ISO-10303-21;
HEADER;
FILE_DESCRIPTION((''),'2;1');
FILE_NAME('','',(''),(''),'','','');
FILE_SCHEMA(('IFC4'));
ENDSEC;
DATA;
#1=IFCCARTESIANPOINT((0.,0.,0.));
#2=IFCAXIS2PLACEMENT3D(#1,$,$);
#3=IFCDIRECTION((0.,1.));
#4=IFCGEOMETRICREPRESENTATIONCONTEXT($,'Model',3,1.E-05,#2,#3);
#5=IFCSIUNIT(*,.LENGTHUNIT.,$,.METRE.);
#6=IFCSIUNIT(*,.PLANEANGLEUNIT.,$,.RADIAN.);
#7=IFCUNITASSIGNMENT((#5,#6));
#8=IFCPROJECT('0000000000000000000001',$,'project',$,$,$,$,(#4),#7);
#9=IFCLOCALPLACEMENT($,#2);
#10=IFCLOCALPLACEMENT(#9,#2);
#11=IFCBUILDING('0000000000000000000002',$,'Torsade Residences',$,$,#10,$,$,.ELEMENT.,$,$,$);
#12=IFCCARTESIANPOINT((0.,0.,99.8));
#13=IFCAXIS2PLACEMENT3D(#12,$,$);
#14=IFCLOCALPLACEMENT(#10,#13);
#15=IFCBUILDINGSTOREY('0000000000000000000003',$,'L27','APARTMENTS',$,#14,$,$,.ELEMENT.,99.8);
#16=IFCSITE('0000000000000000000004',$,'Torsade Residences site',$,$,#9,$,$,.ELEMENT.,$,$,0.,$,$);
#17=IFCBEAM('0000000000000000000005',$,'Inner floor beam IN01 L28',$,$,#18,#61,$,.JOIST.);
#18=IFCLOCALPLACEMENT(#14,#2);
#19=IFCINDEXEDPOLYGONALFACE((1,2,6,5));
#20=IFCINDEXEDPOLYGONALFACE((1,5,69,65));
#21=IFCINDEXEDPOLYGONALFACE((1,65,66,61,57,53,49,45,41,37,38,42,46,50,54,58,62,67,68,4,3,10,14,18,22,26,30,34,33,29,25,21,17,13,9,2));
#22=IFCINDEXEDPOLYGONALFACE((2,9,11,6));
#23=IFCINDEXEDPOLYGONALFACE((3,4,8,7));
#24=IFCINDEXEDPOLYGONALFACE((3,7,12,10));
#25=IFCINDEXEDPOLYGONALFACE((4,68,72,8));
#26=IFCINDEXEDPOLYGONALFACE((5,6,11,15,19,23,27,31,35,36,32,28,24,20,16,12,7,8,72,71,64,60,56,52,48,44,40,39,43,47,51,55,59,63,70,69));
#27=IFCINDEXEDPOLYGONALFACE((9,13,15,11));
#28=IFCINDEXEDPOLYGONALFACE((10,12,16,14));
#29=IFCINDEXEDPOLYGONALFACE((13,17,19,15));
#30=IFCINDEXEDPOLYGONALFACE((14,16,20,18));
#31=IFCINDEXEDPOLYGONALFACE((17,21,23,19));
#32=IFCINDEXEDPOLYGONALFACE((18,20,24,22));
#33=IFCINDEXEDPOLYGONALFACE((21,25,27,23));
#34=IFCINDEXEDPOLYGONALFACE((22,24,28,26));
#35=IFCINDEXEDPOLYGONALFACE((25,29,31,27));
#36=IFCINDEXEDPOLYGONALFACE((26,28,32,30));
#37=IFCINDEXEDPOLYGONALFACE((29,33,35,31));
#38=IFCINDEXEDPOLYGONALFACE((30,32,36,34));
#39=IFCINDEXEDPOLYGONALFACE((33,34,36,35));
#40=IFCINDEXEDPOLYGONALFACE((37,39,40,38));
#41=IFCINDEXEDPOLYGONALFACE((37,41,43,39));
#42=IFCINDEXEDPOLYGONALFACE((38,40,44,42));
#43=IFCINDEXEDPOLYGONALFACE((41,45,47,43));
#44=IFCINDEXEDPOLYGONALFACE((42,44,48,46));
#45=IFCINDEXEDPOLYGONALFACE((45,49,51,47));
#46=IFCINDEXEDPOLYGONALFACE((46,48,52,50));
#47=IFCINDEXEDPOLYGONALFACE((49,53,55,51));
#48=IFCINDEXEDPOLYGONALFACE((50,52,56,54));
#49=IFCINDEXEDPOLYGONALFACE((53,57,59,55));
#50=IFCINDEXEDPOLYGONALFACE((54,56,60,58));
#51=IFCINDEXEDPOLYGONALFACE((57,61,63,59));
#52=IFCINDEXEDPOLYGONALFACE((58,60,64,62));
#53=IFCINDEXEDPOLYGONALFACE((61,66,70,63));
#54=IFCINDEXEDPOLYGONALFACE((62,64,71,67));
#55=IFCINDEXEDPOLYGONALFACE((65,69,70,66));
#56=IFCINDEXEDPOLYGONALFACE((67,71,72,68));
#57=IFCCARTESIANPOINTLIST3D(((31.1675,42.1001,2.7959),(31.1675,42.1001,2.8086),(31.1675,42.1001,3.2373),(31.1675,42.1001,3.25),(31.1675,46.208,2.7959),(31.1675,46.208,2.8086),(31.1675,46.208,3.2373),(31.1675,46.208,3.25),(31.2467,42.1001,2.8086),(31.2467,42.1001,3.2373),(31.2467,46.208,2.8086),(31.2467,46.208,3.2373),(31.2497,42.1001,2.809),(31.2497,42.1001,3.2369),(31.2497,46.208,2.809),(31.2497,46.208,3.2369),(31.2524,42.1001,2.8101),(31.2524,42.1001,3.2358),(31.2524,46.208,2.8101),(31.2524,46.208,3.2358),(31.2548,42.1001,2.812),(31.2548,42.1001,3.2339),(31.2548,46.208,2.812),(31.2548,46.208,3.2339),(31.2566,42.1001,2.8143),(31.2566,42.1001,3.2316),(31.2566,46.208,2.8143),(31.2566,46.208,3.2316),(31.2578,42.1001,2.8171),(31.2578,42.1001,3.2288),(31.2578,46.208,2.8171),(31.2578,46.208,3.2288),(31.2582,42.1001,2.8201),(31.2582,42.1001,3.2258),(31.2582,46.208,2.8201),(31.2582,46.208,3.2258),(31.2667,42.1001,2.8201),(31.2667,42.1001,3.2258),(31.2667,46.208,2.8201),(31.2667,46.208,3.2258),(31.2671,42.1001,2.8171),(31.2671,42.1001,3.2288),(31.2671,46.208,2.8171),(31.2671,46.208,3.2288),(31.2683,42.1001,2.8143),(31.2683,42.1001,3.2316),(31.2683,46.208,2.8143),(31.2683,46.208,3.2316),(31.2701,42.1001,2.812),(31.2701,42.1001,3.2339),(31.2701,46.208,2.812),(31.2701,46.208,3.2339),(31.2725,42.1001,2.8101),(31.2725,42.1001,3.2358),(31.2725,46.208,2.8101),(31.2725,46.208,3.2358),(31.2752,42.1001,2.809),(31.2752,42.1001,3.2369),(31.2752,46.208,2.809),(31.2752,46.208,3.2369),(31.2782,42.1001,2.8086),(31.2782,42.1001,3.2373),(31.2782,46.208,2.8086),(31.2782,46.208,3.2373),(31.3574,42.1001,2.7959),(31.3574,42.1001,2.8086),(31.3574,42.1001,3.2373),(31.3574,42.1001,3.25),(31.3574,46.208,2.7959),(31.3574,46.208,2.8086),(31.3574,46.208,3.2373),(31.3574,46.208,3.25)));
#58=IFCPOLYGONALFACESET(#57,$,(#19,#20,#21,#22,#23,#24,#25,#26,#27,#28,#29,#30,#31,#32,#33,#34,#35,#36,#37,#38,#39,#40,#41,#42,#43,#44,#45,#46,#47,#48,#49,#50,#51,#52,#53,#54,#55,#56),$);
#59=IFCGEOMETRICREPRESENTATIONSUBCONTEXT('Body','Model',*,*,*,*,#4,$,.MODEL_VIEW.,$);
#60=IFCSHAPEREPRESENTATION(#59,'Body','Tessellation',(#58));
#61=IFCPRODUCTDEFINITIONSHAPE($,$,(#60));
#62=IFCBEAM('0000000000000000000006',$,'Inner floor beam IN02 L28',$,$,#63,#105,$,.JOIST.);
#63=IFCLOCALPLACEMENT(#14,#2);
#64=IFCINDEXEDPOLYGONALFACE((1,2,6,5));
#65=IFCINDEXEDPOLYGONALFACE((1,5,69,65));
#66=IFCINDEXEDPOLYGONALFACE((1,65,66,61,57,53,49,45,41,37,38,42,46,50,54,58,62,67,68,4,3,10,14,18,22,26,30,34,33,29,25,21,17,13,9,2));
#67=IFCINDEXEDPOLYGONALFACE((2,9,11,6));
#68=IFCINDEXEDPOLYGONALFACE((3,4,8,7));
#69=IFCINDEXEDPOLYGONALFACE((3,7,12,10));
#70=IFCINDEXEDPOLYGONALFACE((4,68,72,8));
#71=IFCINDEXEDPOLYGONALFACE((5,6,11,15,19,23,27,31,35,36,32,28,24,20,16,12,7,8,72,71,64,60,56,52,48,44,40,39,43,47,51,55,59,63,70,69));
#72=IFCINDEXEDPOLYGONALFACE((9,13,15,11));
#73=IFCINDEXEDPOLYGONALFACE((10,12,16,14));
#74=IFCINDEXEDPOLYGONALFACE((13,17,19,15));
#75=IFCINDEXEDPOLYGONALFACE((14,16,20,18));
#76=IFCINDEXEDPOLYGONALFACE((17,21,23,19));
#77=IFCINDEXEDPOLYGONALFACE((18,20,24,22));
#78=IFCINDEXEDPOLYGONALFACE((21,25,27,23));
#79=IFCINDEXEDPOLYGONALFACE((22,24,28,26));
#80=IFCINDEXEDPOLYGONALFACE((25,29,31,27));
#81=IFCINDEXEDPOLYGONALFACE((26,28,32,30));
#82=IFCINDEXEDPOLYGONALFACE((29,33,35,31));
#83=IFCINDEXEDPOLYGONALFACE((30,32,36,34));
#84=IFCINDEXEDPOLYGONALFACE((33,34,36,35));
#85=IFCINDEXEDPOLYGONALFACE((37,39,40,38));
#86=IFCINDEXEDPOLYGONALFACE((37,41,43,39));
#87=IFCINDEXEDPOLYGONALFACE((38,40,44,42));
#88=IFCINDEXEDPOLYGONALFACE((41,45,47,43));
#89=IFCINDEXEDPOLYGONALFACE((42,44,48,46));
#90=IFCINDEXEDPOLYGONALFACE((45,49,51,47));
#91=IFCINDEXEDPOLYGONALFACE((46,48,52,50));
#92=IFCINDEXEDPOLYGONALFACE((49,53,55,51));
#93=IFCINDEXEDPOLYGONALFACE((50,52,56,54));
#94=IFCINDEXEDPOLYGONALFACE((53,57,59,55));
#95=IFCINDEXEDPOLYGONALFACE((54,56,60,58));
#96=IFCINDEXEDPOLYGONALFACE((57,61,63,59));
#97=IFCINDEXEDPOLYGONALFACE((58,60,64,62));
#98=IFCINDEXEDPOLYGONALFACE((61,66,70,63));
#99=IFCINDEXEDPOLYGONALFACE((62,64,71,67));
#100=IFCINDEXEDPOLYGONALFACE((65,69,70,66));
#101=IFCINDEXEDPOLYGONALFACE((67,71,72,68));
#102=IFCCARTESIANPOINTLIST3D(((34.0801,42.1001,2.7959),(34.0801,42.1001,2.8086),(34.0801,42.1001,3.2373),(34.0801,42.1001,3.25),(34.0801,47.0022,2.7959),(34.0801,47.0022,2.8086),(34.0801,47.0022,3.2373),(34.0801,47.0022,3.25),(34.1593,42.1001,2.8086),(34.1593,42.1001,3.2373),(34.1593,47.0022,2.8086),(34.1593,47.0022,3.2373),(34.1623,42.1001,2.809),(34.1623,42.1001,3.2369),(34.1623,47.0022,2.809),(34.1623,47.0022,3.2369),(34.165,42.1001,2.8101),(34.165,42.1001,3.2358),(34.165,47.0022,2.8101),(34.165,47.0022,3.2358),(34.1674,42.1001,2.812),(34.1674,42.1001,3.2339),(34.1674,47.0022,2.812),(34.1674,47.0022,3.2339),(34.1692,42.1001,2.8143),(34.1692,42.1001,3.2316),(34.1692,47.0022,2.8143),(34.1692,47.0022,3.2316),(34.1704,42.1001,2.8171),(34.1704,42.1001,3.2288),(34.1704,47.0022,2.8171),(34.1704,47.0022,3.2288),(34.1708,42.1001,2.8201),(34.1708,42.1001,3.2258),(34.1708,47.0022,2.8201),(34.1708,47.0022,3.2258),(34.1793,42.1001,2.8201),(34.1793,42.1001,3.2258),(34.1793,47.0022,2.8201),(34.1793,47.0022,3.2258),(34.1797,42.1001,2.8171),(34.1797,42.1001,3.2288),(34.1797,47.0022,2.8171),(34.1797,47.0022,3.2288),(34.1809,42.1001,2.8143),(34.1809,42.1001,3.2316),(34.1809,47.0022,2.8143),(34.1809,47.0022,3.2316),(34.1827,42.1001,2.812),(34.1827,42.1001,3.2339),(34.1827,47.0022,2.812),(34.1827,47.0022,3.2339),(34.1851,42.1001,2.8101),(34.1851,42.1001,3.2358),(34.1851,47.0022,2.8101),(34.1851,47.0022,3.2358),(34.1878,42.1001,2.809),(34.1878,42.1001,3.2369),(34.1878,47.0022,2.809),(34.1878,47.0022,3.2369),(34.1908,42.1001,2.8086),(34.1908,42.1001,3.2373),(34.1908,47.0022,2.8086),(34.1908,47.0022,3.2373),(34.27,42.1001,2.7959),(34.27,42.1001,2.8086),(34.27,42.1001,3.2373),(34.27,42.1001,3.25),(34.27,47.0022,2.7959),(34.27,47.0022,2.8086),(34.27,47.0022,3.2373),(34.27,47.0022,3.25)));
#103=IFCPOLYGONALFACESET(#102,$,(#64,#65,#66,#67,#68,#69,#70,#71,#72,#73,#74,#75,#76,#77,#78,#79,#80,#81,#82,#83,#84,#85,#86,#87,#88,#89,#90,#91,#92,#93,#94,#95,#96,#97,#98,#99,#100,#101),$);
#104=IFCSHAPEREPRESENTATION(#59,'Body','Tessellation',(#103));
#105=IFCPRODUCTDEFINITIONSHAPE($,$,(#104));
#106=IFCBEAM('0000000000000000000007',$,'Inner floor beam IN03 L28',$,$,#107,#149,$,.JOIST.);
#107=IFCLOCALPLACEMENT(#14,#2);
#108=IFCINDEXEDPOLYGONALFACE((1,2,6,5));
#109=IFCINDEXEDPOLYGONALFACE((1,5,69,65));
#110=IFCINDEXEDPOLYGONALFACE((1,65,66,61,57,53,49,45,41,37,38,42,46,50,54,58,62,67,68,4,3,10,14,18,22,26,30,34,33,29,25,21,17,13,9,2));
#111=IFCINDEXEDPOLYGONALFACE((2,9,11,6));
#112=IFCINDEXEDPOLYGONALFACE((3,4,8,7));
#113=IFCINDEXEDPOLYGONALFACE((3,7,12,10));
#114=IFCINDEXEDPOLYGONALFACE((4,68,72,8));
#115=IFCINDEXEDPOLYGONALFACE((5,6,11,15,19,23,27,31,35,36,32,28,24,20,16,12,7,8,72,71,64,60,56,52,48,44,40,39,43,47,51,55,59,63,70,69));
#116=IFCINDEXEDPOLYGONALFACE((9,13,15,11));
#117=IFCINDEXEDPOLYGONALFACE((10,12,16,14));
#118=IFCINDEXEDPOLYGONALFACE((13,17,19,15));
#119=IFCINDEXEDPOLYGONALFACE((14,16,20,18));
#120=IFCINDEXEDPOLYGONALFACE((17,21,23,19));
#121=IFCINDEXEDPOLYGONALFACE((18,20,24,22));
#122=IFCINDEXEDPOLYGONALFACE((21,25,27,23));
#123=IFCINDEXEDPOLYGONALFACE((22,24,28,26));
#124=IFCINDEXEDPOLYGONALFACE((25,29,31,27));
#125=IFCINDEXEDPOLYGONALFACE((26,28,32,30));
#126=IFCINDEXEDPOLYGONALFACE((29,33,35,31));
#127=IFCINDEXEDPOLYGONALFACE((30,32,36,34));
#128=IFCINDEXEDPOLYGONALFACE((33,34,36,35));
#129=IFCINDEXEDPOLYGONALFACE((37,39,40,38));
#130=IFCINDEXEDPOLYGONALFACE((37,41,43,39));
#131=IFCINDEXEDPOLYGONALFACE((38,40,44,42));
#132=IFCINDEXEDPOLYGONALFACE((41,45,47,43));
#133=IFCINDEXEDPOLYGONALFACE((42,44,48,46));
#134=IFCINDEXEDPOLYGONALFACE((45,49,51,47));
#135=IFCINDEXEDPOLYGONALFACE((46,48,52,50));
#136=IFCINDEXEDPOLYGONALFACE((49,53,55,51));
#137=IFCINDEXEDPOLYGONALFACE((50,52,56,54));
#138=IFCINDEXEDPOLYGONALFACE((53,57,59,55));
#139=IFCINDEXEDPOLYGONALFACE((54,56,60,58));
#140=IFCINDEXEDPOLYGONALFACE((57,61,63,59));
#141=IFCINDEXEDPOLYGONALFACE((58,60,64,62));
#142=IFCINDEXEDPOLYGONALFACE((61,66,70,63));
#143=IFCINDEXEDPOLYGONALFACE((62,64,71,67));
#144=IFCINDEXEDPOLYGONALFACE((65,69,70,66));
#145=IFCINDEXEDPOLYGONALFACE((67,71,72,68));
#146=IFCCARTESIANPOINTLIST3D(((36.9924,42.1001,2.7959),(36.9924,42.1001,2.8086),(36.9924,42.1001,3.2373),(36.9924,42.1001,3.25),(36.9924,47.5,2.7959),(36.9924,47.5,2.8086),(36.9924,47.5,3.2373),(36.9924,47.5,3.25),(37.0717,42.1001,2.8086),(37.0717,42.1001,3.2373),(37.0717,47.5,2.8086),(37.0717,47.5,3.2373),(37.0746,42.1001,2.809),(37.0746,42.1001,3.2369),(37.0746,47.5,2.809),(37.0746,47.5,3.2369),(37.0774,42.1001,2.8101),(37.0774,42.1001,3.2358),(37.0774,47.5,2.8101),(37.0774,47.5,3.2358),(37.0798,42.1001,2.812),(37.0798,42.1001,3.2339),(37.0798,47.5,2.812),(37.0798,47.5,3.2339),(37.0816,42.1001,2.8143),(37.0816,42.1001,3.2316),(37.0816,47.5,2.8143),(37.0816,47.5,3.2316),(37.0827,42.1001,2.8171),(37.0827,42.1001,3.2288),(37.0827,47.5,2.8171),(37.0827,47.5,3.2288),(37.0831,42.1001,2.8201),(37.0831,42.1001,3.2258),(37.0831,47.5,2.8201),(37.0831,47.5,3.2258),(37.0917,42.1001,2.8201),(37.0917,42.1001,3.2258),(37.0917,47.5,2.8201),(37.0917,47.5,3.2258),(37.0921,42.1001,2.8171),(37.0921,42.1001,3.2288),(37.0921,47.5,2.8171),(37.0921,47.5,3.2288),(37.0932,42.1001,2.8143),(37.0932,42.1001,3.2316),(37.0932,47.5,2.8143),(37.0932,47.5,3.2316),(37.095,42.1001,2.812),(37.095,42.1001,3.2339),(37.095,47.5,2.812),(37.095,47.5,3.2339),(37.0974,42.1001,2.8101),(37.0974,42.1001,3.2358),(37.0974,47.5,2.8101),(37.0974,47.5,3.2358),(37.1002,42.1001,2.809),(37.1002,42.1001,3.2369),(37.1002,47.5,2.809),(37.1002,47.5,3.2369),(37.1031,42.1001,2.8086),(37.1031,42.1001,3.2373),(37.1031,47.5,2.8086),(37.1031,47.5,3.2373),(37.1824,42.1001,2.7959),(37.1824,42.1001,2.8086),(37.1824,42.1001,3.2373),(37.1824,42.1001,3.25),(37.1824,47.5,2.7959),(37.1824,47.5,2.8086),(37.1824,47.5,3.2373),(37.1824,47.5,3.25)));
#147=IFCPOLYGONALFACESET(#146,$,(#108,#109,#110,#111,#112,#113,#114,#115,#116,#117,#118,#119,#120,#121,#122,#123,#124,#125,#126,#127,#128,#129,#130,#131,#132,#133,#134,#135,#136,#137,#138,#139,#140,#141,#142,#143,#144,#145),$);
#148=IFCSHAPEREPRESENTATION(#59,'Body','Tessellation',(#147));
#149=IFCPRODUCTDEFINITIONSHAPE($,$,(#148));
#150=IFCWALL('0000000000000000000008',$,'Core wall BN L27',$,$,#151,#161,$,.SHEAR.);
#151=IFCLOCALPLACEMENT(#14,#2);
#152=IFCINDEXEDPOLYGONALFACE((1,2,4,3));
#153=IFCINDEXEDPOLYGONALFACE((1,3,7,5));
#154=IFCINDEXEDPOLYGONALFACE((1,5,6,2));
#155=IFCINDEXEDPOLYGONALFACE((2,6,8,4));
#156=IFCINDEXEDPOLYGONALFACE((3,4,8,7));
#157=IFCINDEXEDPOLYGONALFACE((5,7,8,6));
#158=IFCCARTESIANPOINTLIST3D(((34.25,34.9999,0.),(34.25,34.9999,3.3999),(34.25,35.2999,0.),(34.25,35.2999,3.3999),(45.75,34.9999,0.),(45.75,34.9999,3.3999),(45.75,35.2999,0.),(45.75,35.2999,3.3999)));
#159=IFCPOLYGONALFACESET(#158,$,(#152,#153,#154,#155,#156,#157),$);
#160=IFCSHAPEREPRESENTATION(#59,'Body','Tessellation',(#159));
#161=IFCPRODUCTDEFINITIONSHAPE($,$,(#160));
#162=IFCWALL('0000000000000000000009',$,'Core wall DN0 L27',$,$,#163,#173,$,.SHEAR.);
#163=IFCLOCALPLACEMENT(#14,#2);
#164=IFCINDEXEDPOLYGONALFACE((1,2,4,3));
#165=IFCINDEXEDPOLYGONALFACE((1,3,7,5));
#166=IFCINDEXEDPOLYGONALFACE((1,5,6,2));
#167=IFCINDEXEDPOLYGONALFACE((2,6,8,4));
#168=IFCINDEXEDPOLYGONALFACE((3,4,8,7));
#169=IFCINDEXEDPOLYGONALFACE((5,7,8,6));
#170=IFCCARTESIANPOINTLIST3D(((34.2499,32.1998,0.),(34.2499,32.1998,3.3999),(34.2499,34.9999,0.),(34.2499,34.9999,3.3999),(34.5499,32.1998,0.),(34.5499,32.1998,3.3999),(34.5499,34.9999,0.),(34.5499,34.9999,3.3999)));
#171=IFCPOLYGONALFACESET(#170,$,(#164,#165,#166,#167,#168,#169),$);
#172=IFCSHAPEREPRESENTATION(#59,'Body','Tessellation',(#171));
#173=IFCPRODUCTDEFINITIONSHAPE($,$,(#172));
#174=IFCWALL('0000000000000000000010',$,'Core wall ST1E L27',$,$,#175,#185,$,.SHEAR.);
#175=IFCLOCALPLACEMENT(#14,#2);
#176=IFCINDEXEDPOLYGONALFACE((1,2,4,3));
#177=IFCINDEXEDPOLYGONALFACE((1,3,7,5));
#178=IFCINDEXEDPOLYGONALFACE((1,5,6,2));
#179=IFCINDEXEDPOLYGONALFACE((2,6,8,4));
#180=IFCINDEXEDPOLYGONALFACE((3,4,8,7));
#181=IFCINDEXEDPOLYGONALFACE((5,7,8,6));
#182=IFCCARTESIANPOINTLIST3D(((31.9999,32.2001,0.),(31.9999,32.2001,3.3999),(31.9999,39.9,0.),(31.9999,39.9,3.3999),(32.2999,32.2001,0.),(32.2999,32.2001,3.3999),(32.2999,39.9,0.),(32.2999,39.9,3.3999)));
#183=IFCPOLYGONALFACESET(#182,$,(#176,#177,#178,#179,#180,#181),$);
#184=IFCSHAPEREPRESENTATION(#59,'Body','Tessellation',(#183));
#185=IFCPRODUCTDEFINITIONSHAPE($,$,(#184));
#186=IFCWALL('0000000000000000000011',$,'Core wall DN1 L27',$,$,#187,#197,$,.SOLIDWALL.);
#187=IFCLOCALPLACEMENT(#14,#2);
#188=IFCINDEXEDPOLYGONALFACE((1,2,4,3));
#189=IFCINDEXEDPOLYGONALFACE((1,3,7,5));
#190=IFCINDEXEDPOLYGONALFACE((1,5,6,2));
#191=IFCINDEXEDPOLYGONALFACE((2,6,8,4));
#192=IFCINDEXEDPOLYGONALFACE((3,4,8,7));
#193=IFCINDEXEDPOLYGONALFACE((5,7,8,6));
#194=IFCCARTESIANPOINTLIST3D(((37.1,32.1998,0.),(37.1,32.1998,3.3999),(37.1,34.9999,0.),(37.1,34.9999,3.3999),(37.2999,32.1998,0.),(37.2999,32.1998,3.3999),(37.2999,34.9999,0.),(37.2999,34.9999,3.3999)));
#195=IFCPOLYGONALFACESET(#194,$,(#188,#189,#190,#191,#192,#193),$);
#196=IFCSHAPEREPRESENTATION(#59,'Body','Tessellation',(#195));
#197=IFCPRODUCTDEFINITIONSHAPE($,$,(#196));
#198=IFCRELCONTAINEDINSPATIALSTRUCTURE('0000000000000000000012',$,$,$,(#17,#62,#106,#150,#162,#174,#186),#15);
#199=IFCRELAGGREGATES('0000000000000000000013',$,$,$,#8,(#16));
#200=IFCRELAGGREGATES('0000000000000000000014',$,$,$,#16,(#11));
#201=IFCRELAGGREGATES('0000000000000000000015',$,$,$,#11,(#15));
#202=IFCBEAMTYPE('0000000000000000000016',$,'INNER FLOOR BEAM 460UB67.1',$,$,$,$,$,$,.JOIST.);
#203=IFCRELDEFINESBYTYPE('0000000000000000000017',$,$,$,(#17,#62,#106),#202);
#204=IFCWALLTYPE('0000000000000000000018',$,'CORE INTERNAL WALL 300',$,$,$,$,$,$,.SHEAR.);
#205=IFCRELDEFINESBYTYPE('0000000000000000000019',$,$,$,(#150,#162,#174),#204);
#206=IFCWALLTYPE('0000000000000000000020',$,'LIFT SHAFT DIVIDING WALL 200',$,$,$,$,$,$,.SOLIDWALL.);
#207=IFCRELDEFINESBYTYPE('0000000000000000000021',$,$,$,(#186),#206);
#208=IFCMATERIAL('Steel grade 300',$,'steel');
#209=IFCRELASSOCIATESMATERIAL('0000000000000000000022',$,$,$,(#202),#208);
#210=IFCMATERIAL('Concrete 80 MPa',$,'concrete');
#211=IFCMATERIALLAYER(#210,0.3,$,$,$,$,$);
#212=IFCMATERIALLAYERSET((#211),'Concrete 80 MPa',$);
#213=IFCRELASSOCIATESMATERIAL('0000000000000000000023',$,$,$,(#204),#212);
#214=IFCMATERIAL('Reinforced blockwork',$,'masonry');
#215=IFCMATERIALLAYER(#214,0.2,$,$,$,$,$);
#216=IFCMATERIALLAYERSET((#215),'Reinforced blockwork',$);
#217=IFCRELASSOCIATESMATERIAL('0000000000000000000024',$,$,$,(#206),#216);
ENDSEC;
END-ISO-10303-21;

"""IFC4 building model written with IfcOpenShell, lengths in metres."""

from ifc_helpers import new_model, si_unit, direction, frame, frame_2d, origin, origin_2d, place, context, subcontext, project, spatial, rectangle, i_section, extrude, material, layer, layer_set, material_profile, profile_set, type_object, element, save


model = new_model("IFC4")

# Units and contexts
model_context = context("Model", 3, precision=1e-05, world=origin(), true_north=direction((0.0, 1.0)))
body_context = subcontext(model_context, "Body", "Model", "MODEL_VIEW")
ifc_project = project(units=[si_unit("LENGTHUNIT", "METRE"), si_unit("PLANEANGLEUNIT", "RADIAN")], contexts=[model_context])

# Site, building, storey
site_placement = place(None, origin())
site = spatial("IfcSite", under=ifc_project, at=site_placement, Name="Torsade Residences site", CompositionType="ELEMENT", RefElevation=0.0)
building_placement = place(site_placement, origin())
building = spatial("IfcBuilding", under=site, at=building_placement, Name="Torsade Residences", CompositionType="ELEMENT")
storey_placement = place(building_placement, frame((0.0, 0.0, 99.8)))
storey = spatial("IfcBuildingStorey", under=building, at=storey_placement, Name="L27", Description="APARTMENTS", CompositionType="ELEMENT", Elevation=99.8)

# Beams
ifc_material_1 = material(Name="Steel grade 300", Category="steel")
ifc_material_profile = material_profile(ifc_material_1, i_section(OverallWidth=0.1899, OverallDepth=0.4541, WebThickness=0.0085, FlangeThickness=0.0127, FilletRadius=0.0115, at=origin_2d()), Name="460UB67.1")
ifc_profile_set = profile_set([ifc_material_profile], Name="Steel grade 300")
beam_type = type_object("IfcBeamType", Name="INNER FLOOR BEAM 460UB67.1", PredefinedType="JOIST", material=ifc_profile_set)
beam_1_placement = place(storey_placement, frame((31.2625, 42.1001, 3.0229), z_axis=(0.0, 1.0, 0.0), x_axis=(-1.0, 0.0, 0.0)))
element("IfcBeam", 1, at=beam_1_placement, inside=storey, type_object=beam_type, Name="Inner floor beam IN01 L28", PredefinedType="JOIST", context=body_context, shape_type="SweptSolid", body=[
    extrude(i_section(OverallWidth=0.1899, OverallDepth=0.4541, WebThickness=0.0085, FlangeThickness=0.0127, FilletRadius=0.0115, at=origin_2d()), origin(), (0.0, 0.0, 1.0), 4.1079),
])
beam_2_placement = place(storey_placement, frame((34.175, 42.1001, 3.0229), z_axis=(0.0, 1.0, 0.0), x_axis=(-1.0, 0.0, 0.0)))
element("IfcBeam", 2, at=beam_2_placement, inside=storey, type_object=beam_type, Name="Inner floor beam IN02 L28", PredefinedType="JOIST", context=body_context, shape_type="SweptSolid", body=[
    extrude(i_section(OverallWidth=0.1899, OverallDepth=0.4541, WebThickness=0.0085, FlangeThickness=0.0127, FilletRadius=0.0115, at=origin_2d()), origin(), (0.0, 0.0, 1.0), 4.9021),
])
beam_3_placement = place(storey_placement, frame((37.0874, 42.1001, 3.0229), z_axis=(0.0, 1.0, 0.0), x_axis=(-1.0, 0.0, 0.0)))
element("IfcBeam", 3, at=beam_3_placement, inside=storey, type_object=beam_type, Name="Inner floor beam IN03 L28", PredefinedType="JOIST", context=body_context, shape_type="SweptSolid", body=[
    extrude(i_section(OverallWidth=0.1899, OverallDepth=0.4541, WebThickness=0.0085, FlangeThickness=0.0127, FilletRadius=0.0115, at=origin_2d()), origin(), (0.0, 0.0, 1.0), 5.3999),
])

# Walls
ifc_material_2 = material(Name="Concrete 80 MPa", Category="concrete")
ifc_layer_1 = layer(ifc_material_2, 0.3)
ifc_layer_set_1 = layer_set([ifc_layer_1], Name="Concrete 80 MPa")
wall_type_1 = type_object("IfcWallType", Name="CORE INTERNAL WALL 300", PredefinedType="SHEAR", material=ifc_layer_set_1)
wall_1_placement = place(storey_placement, frame((34.25, 35.1499, 0.0), z_axis=(0.0, 0.0, 1.0), x_axis=(1.0, 0.0, 0.0)))
element("IfcWall", 4, at=wall_1_placement, inside=storey, type_object=wall_type_1, Name="Core wall BN L27", PredefinedType="SHEAR", context=body_context, shape_type="SweptSolid", body=[
    extrude(rectangle(XDim=11.5, YDim=0.3, at=frame_2d((5.75, 0.0))), origin(), (0.0, 0.0, 1.0), 3.3999),
])
wall_2_placement = place(storey_placement, frame((34.3999, 32.2, 0.0), z_axis=(0.0, 0.0, 1.0), x_axis=(0.0, 1.0, 0.0)))
element("IfcWall", 5, at=wall_2_placement, inside=storey, type_object=wall_type_1, Name="Core wall DN0 L27", PredefinedType="SHEAR", context=body_context, shape_type="SweptSolid", body=[
    extrude(rectangle(XDim=2.8, YDim=0.3, at=frame_2d((1.3999, 0.0))), origin(), (0.0, 0.0, 1.0), 3.3999),
])
wall_3_placement = place(storey_placement, frame((32.1499, 32.2, 0.0), z_axis=(0.0, 0.0, 1.0), x_axis=(0.0, 1.0, 0.0)))
element("IfcWall", 6, at=wall_3_placement, inside=storey, type_object=wall_type_1, Name="Core wall ST1E L27", PredefinedType="SHEAR", context=body_context, shape_type="SweptSolid", body=[
    extrude(rectangle(XDim=7.7, YDim=0.3, at=frame_2d((3.8501, 0.0))), origin(), (0.0, 0.0, 1.0), 3.3999),
])
ifc_material_3 = material(Name="Reinforced blockwork", Category="masonry")
ifc_layer_2 = layer(ifc_material_3, 0.2)
ifc_layer_set_2 = layer_set([ifc_layer_2], Name="Reinforced blockwork")
wall_type_2 = type_object("IfcWallType", Name="LIFT SHAFT DIVIDING WALL 200", PredefinedType="SOLIDWALL", material=ifc_layer_set_2)
wall_4_placement = place(storey_placement, frame((37.2, 32.2, 0.0), z_axis=(0.0, 0.0, 1.0), x_axis=(0.0, 1.0, 0.0)))
element("IfcWall", 7, at=wall_4_placement, inside=storey, type_object=wall_type_2, Name="Core wall DN1 L27", PredefinedType="SOLIDWALL", context=body_context, shape_type="SweptSolid", body=[
    extrude(rectangle(XDim=2.8, YDim=0.2, at=frame_2d((1.3999, 0.0))), origin(), (0.0, 0.0, 1.0), 3.3999),
])

save(model, "model.ifc")
